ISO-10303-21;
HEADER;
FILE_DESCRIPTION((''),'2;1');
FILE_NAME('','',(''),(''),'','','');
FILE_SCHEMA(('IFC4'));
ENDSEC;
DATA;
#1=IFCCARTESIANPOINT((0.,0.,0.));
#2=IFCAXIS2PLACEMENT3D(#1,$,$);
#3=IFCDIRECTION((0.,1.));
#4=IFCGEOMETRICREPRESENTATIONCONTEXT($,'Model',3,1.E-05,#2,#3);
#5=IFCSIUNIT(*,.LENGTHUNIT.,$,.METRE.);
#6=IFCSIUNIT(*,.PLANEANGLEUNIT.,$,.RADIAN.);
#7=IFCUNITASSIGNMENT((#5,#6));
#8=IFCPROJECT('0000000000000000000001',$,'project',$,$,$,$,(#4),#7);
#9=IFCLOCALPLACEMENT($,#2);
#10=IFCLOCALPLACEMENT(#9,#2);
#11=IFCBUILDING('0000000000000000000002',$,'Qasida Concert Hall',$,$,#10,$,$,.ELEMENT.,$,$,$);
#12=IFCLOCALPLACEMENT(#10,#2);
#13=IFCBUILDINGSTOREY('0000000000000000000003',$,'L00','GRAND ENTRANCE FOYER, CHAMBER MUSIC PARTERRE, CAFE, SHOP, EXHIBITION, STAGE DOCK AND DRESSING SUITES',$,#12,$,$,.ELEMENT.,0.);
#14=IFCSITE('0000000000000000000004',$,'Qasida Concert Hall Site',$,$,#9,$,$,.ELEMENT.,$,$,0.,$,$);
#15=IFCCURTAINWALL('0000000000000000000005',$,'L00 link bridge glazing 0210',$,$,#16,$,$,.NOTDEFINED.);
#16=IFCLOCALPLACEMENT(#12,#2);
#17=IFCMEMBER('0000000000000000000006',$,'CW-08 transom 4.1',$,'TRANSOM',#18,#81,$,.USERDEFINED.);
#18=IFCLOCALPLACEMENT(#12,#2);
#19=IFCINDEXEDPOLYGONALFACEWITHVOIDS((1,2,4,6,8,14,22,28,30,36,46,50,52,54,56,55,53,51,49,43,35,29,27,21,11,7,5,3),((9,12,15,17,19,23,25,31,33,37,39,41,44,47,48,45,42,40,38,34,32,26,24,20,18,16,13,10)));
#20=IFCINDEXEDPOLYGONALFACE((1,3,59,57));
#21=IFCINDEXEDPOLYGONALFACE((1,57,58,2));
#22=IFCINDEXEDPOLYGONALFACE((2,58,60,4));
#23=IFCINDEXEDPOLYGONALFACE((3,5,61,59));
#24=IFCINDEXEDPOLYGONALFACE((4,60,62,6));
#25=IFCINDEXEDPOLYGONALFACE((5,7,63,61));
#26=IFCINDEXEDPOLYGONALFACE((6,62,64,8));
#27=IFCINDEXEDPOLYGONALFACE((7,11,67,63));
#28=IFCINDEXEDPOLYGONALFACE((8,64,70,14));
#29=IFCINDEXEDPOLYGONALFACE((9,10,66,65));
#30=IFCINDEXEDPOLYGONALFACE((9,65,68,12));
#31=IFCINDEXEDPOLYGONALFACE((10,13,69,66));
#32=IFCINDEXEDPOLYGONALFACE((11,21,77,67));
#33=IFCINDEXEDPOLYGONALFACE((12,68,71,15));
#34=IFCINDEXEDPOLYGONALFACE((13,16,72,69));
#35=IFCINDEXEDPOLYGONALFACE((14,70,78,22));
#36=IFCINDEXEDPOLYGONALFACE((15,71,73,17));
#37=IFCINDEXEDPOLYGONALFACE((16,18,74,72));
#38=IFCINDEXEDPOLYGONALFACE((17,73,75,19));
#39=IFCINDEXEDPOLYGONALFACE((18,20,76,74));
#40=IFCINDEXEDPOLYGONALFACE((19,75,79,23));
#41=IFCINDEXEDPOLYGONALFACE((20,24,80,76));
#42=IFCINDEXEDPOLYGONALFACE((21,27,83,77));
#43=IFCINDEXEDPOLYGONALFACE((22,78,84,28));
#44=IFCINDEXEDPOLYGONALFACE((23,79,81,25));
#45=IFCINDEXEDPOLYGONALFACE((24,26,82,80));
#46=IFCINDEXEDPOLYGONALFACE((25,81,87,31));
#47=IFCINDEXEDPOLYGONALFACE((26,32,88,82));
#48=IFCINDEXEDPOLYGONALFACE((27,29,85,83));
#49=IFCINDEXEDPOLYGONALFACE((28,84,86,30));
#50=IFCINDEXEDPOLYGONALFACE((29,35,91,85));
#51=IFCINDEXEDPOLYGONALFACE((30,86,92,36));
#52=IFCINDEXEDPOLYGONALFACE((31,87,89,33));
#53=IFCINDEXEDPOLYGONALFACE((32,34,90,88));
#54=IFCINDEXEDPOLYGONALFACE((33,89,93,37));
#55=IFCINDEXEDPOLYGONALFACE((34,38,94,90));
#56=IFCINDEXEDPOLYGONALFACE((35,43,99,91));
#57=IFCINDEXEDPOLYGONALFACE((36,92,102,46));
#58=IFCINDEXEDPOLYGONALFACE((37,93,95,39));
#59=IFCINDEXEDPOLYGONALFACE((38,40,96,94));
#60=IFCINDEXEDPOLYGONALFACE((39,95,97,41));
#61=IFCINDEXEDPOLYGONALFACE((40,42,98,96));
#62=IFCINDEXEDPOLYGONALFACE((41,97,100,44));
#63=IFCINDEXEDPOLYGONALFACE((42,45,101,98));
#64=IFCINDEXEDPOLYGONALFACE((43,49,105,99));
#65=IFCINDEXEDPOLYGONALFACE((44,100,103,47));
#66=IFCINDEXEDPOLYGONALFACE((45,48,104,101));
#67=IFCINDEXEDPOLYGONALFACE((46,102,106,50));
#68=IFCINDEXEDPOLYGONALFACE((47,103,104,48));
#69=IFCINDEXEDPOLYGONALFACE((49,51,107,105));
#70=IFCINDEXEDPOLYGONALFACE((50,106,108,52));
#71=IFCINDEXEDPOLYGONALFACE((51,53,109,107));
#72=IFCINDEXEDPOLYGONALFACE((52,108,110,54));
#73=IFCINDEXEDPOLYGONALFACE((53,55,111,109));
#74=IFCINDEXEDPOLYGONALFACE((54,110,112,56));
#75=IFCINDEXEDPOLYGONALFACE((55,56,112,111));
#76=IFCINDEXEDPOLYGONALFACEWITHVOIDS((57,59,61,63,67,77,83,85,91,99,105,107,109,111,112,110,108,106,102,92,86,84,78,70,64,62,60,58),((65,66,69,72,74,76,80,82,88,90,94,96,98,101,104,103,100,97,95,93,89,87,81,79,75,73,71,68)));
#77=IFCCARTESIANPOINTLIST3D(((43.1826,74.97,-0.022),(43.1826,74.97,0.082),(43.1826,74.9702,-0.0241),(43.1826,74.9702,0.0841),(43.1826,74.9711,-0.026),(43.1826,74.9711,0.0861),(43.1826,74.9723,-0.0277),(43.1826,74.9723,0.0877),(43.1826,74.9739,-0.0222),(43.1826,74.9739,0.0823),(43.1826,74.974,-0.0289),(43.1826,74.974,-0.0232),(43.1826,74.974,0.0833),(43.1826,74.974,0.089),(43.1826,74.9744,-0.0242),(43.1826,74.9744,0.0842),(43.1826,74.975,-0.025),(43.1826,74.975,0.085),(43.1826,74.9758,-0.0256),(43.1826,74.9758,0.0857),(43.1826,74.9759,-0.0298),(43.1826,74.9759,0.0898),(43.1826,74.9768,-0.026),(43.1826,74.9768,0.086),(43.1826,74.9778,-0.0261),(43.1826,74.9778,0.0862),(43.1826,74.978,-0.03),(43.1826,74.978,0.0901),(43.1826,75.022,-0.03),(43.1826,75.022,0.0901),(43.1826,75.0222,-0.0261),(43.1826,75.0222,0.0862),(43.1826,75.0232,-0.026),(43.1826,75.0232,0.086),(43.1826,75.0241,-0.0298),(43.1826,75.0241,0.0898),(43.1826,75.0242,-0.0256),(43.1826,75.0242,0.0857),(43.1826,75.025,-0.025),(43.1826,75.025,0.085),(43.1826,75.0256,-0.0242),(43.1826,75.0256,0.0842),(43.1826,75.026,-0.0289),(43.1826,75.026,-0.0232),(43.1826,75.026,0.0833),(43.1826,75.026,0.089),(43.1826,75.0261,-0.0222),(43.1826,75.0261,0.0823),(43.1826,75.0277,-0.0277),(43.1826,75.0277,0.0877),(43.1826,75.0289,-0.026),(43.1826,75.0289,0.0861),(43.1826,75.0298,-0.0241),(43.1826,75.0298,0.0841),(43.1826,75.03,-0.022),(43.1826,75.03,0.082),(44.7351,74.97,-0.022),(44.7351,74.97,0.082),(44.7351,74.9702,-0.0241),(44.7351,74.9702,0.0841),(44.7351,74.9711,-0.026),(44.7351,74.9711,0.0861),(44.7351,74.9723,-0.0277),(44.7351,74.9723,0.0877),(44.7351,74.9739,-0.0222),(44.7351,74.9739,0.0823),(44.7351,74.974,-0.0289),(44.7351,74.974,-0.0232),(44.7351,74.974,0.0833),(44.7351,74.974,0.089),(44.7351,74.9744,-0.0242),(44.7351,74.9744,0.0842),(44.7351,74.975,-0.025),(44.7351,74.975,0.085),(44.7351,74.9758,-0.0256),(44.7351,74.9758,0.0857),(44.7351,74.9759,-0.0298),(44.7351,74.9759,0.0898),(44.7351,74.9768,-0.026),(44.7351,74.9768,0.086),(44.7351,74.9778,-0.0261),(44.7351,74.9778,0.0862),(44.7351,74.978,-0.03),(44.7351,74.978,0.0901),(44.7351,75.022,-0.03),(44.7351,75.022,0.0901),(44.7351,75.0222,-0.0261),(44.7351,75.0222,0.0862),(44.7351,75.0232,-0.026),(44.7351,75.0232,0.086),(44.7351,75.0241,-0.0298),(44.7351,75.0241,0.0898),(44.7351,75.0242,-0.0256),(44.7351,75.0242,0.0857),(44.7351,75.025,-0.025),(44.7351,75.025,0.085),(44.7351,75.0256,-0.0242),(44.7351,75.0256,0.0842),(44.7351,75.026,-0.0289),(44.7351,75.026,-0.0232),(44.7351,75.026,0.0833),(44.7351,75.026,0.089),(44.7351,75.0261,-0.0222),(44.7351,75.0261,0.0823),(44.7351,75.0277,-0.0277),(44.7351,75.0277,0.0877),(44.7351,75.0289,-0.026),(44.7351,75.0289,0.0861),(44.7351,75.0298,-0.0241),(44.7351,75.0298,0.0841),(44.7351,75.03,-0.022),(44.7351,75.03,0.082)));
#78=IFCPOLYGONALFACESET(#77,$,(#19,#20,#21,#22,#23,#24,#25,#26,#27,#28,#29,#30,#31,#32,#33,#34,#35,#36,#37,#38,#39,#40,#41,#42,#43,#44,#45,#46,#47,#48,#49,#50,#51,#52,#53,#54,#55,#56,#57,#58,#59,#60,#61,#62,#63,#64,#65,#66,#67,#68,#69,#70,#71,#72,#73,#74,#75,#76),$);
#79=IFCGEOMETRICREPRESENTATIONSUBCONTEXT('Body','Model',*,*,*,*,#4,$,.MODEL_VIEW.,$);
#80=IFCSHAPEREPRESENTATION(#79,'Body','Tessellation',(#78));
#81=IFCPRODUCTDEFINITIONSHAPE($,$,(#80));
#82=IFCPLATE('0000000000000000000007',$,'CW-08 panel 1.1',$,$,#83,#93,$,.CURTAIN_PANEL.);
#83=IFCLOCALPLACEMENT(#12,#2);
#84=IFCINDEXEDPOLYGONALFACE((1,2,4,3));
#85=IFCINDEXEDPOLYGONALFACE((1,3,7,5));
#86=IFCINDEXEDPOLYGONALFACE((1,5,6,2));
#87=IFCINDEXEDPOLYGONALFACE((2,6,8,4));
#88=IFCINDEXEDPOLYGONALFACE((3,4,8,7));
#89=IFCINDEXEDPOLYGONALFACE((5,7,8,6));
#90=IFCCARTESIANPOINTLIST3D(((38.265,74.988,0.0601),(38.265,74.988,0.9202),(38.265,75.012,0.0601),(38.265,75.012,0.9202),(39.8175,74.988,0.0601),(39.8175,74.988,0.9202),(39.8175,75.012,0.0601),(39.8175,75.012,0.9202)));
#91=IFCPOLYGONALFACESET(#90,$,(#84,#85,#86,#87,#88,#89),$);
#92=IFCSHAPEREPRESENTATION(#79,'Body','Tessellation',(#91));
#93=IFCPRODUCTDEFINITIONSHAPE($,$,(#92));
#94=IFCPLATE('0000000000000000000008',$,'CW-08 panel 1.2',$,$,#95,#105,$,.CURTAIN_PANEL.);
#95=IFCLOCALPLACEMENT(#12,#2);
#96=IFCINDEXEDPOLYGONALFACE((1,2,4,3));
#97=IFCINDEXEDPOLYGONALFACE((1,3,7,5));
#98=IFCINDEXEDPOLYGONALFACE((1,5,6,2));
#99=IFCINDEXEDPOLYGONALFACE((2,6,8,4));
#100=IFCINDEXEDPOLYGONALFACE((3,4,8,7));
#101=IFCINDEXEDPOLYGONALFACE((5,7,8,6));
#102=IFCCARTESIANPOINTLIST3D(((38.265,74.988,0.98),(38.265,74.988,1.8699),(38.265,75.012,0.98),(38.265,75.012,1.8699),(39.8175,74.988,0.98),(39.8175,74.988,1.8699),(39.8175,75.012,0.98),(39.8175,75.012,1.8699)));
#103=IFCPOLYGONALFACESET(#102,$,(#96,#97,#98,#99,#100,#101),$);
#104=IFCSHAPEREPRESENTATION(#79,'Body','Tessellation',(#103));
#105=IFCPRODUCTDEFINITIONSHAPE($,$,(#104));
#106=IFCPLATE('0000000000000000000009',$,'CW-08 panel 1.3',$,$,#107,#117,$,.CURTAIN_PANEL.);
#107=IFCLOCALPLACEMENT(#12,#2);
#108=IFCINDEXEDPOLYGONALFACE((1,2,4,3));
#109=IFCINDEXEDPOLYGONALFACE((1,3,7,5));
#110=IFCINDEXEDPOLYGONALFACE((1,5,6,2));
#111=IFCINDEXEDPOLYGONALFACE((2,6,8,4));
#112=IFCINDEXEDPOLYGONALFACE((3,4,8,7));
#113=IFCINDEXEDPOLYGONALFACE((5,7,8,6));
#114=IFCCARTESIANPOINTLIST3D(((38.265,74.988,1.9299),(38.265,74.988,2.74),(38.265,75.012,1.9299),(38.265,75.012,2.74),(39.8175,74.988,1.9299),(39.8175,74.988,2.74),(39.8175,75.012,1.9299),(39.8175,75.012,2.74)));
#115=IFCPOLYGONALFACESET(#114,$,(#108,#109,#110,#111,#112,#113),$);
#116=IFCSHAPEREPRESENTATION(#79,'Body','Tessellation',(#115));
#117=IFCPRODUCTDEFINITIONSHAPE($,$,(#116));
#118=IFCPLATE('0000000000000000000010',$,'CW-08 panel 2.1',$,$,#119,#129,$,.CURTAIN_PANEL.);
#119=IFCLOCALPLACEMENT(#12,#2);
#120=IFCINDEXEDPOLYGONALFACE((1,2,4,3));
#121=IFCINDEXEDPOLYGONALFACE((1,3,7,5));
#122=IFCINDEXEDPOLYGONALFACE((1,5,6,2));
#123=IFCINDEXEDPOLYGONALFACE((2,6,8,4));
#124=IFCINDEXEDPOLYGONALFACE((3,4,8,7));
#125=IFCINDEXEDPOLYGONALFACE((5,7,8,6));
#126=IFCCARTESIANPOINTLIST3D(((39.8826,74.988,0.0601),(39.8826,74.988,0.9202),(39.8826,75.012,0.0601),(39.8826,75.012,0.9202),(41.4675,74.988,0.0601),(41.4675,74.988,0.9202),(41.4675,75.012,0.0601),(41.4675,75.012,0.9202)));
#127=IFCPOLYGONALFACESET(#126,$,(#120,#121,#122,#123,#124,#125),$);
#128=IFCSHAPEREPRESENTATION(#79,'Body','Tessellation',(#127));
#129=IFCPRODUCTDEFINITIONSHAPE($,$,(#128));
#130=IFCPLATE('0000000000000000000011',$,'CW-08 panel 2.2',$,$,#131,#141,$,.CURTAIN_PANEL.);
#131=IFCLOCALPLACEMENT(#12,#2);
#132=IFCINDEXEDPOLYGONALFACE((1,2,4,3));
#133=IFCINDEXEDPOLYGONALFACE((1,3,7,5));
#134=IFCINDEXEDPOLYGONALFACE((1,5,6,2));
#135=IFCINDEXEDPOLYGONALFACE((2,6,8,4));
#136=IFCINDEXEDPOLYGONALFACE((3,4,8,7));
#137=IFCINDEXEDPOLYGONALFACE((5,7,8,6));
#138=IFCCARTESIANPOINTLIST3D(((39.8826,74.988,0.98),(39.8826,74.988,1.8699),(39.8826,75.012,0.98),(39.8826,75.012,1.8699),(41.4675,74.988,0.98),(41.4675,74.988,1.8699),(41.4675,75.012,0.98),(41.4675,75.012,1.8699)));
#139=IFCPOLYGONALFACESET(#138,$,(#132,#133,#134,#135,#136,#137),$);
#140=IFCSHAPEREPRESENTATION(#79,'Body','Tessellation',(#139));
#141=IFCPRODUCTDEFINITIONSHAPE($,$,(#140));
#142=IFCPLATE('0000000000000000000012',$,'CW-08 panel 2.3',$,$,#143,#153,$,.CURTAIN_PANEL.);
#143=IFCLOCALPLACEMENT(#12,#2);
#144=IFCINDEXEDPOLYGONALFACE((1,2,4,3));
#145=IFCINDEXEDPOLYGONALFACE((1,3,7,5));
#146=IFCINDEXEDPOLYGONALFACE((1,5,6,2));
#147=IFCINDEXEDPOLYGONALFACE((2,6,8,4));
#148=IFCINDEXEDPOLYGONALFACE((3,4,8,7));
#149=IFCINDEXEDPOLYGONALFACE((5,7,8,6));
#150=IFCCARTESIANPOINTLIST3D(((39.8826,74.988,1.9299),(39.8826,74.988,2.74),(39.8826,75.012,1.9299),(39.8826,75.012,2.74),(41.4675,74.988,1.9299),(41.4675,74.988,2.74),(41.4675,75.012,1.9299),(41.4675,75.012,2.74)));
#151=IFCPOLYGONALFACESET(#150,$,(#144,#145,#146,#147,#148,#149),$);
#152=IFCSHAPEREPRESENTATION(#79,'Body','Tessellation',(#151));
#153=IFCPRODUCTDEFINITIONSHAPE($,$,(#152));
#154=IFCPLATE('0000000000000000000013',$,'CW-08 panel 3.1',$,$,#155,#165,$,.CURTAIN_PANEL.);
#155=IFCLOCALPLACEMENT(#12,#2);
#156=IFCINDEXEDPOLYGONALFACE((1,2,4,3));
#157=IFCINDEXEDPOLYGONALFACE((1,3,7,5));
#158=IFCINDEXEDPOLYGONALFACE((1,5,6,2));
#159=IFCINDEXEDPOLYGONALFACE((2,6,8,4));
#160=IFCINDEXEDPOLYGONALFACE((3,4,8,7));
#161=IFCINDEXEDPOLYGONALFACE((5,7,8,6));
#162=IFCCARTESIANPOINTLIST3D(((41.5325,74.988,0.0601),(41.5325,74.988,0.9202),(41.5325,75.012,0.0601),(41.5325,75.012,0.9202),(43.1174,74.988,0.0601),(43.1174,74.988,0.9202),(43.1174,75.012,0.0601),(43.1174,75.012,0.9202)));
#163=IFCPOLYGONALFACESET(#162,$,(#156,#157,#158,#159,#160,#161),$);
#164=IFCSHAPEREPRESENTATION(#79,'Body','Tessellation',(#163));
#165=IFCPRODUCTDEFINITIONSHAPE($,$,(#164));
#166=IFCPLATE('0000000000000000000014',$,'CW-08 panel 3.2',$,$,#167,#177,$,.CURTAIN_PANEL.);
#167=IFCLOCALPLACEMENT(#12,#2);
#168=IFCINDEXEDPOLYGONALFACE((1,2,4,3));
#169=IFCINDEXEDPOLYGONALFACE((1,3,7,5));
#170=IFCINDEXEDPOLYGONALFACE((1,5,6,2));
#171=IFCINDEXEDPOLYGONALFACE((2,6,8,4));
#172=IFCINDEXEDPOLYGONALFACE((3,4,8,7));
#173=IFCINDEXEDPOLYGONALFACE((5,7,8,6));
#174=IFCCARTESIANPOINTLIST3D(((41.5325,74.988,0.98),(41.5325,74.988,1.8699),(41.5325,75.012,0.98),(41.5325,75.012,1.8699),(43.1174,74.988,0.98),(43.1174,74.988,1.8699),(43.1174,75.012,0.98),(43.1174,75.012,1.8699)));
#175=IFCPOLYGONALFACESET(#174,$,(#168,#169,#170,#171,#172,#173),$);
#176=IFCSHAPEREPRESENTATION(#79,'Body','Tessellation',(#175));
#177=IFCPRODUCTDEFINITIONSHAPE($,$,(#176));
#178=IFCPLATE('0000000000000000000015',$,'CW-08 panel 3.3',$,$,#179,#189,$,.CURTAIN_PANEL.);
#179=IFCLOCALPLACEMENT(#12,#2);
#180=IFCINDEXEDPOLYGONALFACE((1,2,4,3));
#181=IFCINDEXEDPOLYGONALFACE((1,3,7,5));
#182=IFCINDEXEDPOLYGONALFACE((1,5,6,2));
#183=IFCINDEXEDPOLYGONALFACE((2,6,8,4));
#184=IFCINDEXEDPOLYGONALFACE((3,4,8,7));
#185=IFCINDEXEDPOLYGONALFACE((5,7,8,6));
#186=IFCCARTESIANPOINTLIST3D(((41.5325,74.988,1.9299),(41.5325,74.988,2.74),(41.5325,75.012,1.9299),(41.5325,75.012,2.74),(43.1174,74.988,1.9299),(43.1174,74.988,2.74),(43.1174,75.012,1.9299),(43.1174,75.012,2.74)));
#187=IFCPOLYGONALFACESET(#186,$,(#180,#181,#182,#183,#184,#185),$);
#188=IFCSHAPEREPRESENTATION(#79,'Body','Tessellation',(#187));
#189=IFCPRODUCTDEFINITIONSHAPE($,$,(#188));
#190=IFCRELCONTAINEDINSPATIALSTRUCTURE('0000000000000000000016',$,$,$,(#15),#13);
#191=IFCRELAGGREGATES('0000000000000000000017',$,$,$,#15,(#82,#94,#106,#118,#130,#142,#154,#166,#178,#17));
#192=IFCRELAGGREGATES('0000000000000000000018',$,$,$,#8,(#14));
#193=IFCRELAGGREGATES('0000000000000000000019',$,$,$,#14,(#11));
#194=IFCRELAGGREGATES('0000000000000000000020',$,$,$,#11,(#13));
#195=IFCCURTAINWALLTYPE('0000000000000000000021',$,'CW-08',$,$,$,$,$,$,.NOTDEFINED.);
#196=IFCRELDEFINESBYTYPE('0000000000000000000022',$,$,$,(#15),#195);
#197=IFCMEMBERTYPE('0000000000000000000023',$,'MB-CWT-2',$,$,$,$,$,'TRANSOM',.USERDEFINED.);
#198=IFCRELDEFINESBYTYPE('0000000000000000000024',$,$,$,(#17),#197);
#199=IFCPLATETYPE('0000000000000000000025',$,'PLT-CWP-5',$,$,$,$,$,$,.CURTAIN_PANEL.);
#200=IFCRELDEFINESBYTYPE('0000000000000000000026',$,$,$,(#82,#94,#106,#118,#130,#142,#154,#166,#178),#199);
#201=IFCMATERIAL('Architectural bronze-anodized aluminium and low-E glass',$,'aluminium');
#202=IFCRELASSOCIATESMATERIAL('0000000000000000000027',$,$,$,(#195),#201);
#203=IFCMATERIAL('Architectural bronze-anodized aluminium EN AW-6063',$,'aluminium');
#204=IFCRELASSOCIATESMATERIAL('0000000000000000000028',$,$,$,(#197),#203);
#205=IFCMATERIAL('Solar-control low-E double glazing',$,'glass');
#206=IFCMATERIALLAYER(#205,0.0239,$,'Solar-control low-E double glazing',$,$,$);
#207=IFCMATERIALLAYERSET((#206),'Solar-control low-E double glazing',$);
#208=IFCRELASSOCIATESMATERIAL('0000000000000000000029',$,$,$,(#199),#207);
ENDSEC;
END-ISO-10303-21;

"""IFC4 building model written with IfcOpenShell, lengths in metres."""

from ifc_helpers import new_model, si_unit, direction, frame, origin, origin_2d, place, context, subcontext, project, spatial, rectangle, hollow_rectangle, extrude, material, layer, layer_set, material_profile, profile_set, type_object, element, aggregate, save


model = new_model("IFC4")

# Units and contexts
model_context = context("Model", 3, precision=1e-05, world=origin(), true_north=direction((0.0, 1.0)))
body_context = subcontext(model_context, "Body", "Model", "MODEL_VIEW")
ifc_project = project(units=[si_unit("LENGTHUNIT", "METRE"), si_unit("PLANEANGLEUNIT", "RADIAN")], contexts=[model_context])

# Site, building, storey
site_placement = place(None, origin())
site = spatial("IfcSite", under=ifc_project, at=site_placement, Name="Qasida Concert Hall Site", CompositionType="ELEMENT", RefElevation=0.0)
building_placement = place(site_placement, origin())
building = spatial("IfcBuilding", under=site, at=building_placement, Name="Qasida Concert Hall", CompositionType="ELEMENT")
storey_placement = place(building_placement, origin())
storey = spatial("IfcBuildingStorey", under=building, at=storey_placement, Name="L00", Description="GRAND ENTRANCE FOYER, CHAMBER MUSIC PARTERRE, CAFE, SHOP, EXHIBITION, STAGE DOCK AND DRESSING SUITES", CompositionType="ELEMENT", Elevation=0.0)

# Curtain wall, member, plates
ifc_material_1 = material(Name="Architectural bronze-anodized aluminium and low-E glass", Category="aluminium")
curtain_wall_type = type_object("IfcCurtainWallType", Name="CW-08", PredefinedType="NOTDEFINED", material=ifc_material_1)
curtain_wall_placement = place(storey_placement, origin())
curtain_wall = element("IfcCurtainWall", 1, at=curtain_wall_placement, inside=storey, type_object=curtain_wall_type, Name="L00 link bridge glazing 0210", PredefinedType="NOTDEFINED")
ifc_material_2 = material(Name="Architectural bronze-anodized aluminium EN AW-6063", Category="aluminium")
ifc_material_profile_1 = material_profile(ifc_material_2, hollow_rectangle(XDim=0.0601, YDim=0.1201, WallThickness=0.0039, InnerFilletRadius=0.0039, OuterFilletRadius=0.0081, at=origin_2d()), Name="CWT 120x60x4")
ifc_profile_set_1 = profile_set([ifc_material_profile_1], Name="Architectural bronze-anodized aluminium EN AW-6063")
member_type_1 = type_object("IfcMemberType", Name="MB-CWT-2", ElementType="TRANSOM", PredefinedType="USERDEFINED", material=ifc_profile_set_1)
member_1_placement = place(storey_placement, frame((43.1826, 75.0, 0.03), z_axis=(1.0, 0.0, 0.0), x_axis=(0.0, 1.0, 0.0)))
member_1 = element("IfcMember", 2, at=member_1_placement, type_object=member_type_1, Name="CW-08 transom 4.1", ObjectType="TRANSOM", PredefinedType="USERDEFINED", context=body_context, shape_type="SweptSolid", body=[
    extrude(hollow_rectangle(XDim=0.0601, YDim=0.1201, WallThickness=0.0039, InnerFilletRadius=0.0039, OuterFilletRadius=0.0081, at=origin_2d()), origin(), (0.0, 0.0, 1.0), 1.5525),
])
ifc_material_3 = material(Name="Solar-control low-E double glazing", Category="glass")
ifc_layer = layer(ifc_material_3, 0.0239, Name="Solar-control low-E double glazing")
ifc_layer_set = layer_set([ifc_layer], Name="Solar-control low-E double glazing")
plate_type = type_object("IfcPlateType", Name="PLT-CWP-5", PredefinedType="CURTAIN_PANEL", material=ifc_layer_set)
plate_1_placement = place(storey_placement, frame((39.0413, 75.0, 0.0601), z_axis=(0.0, 0.0, 1.0), x_axis=(1.0, 0.0, 0.0)))
plate_1 = element("IfcPlate", 3, at=plate_1_placement, type_object=plate_type, Name="CW-08 panel 1.1", PredefinedType="CURTAIN_PANEL", context=body_context, shape_type="SweptSolid", body=[
    extrude(rectangle(XDim=1.5525, YDim=0.0239, at=origin_2d()), origin(), (0.0, 0.0, 1.0), 0.8601),
])
plate_2_placement = place(storey_placement, frame((39.0413, 75.0, 0.98), z_axis=(0.0, 0.0, 1.0), x_axis=(1.0, 0.0, 0.0)))
plate_2 = element("IfcPlate", 4, at=plate_2_placement, type_object=plate_type, Name="CW-08 panel 1.2", PredefinedType="CURTAIN_PANEL", context=body_context, shape_type="SweptSolid", body=[
    extrude(rectangle(XDim=1.5525, YDim=0.0239, at=origin_2d()), origin(), (0.0, 0.0, 1.0), 0.8899),
])
plate_3_placement = place(storey_placement, frame((39.0413, 75.0, 1.9299), z_axis=(0.0, 0.0, 1.0), x_axis=(1.0, 0.0, 0.0)))
plate_3 = element("IfcPlate", 5, at=plate_3_placement, type_object=plate_type, Name="CW-08 panel 1.3", PredefinedType="CURTAIN_PANEL", context=body_context, shape_type="SweptSolid", body=[
    extrude(rectangle(XDim=1.5525, YDim=0.0239, at=origin_2d()), origin(), (0.0, 0.0, 1.0), 0.8101),
])
plate_4_placement = place(storey_placement, frame((40.675, 75.0, 0.0601), z_axis=(0.0, 0.0, 1.0), x_axis=(1.0, 0.0, 0.0)))
plate_4 = element("IfcPlate", 6, at=plate_4_placement, type_object=plate_type, Name="CW-08 panel 2.1", PredefinedType="CURTAIN_PANEL", context=body_context, shape_type="SweptSolid", body=[
    extrude(rectangle(XDim=1.585, YDim=0.0239, at=origin_2d()), origin(), (0.0, 0.0, 1.0), 0.8601),
])
plate_5_placement = place(storey_placement, frame((40.675, 75.0, 0.98), z_axis=(0.0, 0.0, 1.0), x_axis=(1.0, 0.0, 0.0)))
plate_5 = element("IfcPlate", 7, at=plate_5_placement, type_object=plate_type, Name="CW-08 panel 2.2", PredefinedType="CURTAIN_PANEL", context=body_context, shape_type="SweptSolid", body=[
    extrude(rectangle(XDim=1.585, YDim=0.0239, at=origin_2d()), origin(), (0.0, 0.0, 1.0), 0.8899),
])
plate_6_placement = place(storey_placement, frame((40.675, 75.0, 1.9299), z_axis=(0.0, 0.0, 1.0), x_axis=(1.0, 0.0, 0.0)))
plate_6 = element("IfcPlate", 8, at=plate_6_placement, type_object=plate_type, Name="CW-08 panel 2.3", PredefinedType="CURTAIN_PANEL", context=body_context, shape_type="SweptSolid", body=[
    extrude(rectangle(XDim=1.585, YDim=0.0239, at=origin_2d()), origin(), (0.0, 0.0, 1.0), 0.8101),
])
plate_7_placement = place(storey_placement, frame((42.325, 75.0, 0.0601), z_axis=(0.0, 0.0, 1.0), x_axis=(1.0, 0.0, 0.0)))
plate_7 = element("IfcPlate", 9, at=plate_7_placement, type_object=plate_type, Name="CW-08 panel 3.1", PredefinedType="CURTAIN_PANEL", context=body_context, shape_type="SweptSolid", body=[
    extrude(rectangle(XDim=1.585, YDim=0.0239, at=origin_2d()), origin(), (0.0, 0.0, 1.0), 0.8601),
])
plate_8_placement = place(storey_placement, frame((42.325, 75.0, 0.98), z_axis=(0.0, 0.0, 1.0), x_axis=(1.0, 0.0, 0.0)))
plate_8 = element("IfcPlate", 10, at=plate_8_placement, type_object=plate_type, Name="CW-08 panel 3.2", PredefinedType="CURTAIN_PANEL", context=body_context, shape_type="SweptSolid", body=[
    extrude(rectangle(XDim=1.585, YDim=0.0239, at=origin_2d()), origin(), (0.0, 0.0, 1.0), 0.8899),
])
plate_9_placement = place(storey_placement, frame((42.325, 75.0, 1.9299), z_axis=(0.0, 0.0, 1.0), x_axis=(1.0, 0.0, 0.0)))
plate_9 = element("IfcPlate", 11, at=plate_9_placement, type_object=plate_type, Name="CW-08 panel 3.3", PredefinedType="CURTAIN_PANEL", context=body_context, shape_type="SweptSolid", body=[
    extrude(rectangle(XDim=1.585, YDim=0.0239, at=origin_2d()), origin(), (0.0, 0.0, 1.0), 0.8101),
])
aggregate(curtain_wall, [plate_1, plate_2, plate_3, plate_4, plate_5, plate_6, plate_7, plate_8, plate_9, member_1])

save(model, "model.ifc")
